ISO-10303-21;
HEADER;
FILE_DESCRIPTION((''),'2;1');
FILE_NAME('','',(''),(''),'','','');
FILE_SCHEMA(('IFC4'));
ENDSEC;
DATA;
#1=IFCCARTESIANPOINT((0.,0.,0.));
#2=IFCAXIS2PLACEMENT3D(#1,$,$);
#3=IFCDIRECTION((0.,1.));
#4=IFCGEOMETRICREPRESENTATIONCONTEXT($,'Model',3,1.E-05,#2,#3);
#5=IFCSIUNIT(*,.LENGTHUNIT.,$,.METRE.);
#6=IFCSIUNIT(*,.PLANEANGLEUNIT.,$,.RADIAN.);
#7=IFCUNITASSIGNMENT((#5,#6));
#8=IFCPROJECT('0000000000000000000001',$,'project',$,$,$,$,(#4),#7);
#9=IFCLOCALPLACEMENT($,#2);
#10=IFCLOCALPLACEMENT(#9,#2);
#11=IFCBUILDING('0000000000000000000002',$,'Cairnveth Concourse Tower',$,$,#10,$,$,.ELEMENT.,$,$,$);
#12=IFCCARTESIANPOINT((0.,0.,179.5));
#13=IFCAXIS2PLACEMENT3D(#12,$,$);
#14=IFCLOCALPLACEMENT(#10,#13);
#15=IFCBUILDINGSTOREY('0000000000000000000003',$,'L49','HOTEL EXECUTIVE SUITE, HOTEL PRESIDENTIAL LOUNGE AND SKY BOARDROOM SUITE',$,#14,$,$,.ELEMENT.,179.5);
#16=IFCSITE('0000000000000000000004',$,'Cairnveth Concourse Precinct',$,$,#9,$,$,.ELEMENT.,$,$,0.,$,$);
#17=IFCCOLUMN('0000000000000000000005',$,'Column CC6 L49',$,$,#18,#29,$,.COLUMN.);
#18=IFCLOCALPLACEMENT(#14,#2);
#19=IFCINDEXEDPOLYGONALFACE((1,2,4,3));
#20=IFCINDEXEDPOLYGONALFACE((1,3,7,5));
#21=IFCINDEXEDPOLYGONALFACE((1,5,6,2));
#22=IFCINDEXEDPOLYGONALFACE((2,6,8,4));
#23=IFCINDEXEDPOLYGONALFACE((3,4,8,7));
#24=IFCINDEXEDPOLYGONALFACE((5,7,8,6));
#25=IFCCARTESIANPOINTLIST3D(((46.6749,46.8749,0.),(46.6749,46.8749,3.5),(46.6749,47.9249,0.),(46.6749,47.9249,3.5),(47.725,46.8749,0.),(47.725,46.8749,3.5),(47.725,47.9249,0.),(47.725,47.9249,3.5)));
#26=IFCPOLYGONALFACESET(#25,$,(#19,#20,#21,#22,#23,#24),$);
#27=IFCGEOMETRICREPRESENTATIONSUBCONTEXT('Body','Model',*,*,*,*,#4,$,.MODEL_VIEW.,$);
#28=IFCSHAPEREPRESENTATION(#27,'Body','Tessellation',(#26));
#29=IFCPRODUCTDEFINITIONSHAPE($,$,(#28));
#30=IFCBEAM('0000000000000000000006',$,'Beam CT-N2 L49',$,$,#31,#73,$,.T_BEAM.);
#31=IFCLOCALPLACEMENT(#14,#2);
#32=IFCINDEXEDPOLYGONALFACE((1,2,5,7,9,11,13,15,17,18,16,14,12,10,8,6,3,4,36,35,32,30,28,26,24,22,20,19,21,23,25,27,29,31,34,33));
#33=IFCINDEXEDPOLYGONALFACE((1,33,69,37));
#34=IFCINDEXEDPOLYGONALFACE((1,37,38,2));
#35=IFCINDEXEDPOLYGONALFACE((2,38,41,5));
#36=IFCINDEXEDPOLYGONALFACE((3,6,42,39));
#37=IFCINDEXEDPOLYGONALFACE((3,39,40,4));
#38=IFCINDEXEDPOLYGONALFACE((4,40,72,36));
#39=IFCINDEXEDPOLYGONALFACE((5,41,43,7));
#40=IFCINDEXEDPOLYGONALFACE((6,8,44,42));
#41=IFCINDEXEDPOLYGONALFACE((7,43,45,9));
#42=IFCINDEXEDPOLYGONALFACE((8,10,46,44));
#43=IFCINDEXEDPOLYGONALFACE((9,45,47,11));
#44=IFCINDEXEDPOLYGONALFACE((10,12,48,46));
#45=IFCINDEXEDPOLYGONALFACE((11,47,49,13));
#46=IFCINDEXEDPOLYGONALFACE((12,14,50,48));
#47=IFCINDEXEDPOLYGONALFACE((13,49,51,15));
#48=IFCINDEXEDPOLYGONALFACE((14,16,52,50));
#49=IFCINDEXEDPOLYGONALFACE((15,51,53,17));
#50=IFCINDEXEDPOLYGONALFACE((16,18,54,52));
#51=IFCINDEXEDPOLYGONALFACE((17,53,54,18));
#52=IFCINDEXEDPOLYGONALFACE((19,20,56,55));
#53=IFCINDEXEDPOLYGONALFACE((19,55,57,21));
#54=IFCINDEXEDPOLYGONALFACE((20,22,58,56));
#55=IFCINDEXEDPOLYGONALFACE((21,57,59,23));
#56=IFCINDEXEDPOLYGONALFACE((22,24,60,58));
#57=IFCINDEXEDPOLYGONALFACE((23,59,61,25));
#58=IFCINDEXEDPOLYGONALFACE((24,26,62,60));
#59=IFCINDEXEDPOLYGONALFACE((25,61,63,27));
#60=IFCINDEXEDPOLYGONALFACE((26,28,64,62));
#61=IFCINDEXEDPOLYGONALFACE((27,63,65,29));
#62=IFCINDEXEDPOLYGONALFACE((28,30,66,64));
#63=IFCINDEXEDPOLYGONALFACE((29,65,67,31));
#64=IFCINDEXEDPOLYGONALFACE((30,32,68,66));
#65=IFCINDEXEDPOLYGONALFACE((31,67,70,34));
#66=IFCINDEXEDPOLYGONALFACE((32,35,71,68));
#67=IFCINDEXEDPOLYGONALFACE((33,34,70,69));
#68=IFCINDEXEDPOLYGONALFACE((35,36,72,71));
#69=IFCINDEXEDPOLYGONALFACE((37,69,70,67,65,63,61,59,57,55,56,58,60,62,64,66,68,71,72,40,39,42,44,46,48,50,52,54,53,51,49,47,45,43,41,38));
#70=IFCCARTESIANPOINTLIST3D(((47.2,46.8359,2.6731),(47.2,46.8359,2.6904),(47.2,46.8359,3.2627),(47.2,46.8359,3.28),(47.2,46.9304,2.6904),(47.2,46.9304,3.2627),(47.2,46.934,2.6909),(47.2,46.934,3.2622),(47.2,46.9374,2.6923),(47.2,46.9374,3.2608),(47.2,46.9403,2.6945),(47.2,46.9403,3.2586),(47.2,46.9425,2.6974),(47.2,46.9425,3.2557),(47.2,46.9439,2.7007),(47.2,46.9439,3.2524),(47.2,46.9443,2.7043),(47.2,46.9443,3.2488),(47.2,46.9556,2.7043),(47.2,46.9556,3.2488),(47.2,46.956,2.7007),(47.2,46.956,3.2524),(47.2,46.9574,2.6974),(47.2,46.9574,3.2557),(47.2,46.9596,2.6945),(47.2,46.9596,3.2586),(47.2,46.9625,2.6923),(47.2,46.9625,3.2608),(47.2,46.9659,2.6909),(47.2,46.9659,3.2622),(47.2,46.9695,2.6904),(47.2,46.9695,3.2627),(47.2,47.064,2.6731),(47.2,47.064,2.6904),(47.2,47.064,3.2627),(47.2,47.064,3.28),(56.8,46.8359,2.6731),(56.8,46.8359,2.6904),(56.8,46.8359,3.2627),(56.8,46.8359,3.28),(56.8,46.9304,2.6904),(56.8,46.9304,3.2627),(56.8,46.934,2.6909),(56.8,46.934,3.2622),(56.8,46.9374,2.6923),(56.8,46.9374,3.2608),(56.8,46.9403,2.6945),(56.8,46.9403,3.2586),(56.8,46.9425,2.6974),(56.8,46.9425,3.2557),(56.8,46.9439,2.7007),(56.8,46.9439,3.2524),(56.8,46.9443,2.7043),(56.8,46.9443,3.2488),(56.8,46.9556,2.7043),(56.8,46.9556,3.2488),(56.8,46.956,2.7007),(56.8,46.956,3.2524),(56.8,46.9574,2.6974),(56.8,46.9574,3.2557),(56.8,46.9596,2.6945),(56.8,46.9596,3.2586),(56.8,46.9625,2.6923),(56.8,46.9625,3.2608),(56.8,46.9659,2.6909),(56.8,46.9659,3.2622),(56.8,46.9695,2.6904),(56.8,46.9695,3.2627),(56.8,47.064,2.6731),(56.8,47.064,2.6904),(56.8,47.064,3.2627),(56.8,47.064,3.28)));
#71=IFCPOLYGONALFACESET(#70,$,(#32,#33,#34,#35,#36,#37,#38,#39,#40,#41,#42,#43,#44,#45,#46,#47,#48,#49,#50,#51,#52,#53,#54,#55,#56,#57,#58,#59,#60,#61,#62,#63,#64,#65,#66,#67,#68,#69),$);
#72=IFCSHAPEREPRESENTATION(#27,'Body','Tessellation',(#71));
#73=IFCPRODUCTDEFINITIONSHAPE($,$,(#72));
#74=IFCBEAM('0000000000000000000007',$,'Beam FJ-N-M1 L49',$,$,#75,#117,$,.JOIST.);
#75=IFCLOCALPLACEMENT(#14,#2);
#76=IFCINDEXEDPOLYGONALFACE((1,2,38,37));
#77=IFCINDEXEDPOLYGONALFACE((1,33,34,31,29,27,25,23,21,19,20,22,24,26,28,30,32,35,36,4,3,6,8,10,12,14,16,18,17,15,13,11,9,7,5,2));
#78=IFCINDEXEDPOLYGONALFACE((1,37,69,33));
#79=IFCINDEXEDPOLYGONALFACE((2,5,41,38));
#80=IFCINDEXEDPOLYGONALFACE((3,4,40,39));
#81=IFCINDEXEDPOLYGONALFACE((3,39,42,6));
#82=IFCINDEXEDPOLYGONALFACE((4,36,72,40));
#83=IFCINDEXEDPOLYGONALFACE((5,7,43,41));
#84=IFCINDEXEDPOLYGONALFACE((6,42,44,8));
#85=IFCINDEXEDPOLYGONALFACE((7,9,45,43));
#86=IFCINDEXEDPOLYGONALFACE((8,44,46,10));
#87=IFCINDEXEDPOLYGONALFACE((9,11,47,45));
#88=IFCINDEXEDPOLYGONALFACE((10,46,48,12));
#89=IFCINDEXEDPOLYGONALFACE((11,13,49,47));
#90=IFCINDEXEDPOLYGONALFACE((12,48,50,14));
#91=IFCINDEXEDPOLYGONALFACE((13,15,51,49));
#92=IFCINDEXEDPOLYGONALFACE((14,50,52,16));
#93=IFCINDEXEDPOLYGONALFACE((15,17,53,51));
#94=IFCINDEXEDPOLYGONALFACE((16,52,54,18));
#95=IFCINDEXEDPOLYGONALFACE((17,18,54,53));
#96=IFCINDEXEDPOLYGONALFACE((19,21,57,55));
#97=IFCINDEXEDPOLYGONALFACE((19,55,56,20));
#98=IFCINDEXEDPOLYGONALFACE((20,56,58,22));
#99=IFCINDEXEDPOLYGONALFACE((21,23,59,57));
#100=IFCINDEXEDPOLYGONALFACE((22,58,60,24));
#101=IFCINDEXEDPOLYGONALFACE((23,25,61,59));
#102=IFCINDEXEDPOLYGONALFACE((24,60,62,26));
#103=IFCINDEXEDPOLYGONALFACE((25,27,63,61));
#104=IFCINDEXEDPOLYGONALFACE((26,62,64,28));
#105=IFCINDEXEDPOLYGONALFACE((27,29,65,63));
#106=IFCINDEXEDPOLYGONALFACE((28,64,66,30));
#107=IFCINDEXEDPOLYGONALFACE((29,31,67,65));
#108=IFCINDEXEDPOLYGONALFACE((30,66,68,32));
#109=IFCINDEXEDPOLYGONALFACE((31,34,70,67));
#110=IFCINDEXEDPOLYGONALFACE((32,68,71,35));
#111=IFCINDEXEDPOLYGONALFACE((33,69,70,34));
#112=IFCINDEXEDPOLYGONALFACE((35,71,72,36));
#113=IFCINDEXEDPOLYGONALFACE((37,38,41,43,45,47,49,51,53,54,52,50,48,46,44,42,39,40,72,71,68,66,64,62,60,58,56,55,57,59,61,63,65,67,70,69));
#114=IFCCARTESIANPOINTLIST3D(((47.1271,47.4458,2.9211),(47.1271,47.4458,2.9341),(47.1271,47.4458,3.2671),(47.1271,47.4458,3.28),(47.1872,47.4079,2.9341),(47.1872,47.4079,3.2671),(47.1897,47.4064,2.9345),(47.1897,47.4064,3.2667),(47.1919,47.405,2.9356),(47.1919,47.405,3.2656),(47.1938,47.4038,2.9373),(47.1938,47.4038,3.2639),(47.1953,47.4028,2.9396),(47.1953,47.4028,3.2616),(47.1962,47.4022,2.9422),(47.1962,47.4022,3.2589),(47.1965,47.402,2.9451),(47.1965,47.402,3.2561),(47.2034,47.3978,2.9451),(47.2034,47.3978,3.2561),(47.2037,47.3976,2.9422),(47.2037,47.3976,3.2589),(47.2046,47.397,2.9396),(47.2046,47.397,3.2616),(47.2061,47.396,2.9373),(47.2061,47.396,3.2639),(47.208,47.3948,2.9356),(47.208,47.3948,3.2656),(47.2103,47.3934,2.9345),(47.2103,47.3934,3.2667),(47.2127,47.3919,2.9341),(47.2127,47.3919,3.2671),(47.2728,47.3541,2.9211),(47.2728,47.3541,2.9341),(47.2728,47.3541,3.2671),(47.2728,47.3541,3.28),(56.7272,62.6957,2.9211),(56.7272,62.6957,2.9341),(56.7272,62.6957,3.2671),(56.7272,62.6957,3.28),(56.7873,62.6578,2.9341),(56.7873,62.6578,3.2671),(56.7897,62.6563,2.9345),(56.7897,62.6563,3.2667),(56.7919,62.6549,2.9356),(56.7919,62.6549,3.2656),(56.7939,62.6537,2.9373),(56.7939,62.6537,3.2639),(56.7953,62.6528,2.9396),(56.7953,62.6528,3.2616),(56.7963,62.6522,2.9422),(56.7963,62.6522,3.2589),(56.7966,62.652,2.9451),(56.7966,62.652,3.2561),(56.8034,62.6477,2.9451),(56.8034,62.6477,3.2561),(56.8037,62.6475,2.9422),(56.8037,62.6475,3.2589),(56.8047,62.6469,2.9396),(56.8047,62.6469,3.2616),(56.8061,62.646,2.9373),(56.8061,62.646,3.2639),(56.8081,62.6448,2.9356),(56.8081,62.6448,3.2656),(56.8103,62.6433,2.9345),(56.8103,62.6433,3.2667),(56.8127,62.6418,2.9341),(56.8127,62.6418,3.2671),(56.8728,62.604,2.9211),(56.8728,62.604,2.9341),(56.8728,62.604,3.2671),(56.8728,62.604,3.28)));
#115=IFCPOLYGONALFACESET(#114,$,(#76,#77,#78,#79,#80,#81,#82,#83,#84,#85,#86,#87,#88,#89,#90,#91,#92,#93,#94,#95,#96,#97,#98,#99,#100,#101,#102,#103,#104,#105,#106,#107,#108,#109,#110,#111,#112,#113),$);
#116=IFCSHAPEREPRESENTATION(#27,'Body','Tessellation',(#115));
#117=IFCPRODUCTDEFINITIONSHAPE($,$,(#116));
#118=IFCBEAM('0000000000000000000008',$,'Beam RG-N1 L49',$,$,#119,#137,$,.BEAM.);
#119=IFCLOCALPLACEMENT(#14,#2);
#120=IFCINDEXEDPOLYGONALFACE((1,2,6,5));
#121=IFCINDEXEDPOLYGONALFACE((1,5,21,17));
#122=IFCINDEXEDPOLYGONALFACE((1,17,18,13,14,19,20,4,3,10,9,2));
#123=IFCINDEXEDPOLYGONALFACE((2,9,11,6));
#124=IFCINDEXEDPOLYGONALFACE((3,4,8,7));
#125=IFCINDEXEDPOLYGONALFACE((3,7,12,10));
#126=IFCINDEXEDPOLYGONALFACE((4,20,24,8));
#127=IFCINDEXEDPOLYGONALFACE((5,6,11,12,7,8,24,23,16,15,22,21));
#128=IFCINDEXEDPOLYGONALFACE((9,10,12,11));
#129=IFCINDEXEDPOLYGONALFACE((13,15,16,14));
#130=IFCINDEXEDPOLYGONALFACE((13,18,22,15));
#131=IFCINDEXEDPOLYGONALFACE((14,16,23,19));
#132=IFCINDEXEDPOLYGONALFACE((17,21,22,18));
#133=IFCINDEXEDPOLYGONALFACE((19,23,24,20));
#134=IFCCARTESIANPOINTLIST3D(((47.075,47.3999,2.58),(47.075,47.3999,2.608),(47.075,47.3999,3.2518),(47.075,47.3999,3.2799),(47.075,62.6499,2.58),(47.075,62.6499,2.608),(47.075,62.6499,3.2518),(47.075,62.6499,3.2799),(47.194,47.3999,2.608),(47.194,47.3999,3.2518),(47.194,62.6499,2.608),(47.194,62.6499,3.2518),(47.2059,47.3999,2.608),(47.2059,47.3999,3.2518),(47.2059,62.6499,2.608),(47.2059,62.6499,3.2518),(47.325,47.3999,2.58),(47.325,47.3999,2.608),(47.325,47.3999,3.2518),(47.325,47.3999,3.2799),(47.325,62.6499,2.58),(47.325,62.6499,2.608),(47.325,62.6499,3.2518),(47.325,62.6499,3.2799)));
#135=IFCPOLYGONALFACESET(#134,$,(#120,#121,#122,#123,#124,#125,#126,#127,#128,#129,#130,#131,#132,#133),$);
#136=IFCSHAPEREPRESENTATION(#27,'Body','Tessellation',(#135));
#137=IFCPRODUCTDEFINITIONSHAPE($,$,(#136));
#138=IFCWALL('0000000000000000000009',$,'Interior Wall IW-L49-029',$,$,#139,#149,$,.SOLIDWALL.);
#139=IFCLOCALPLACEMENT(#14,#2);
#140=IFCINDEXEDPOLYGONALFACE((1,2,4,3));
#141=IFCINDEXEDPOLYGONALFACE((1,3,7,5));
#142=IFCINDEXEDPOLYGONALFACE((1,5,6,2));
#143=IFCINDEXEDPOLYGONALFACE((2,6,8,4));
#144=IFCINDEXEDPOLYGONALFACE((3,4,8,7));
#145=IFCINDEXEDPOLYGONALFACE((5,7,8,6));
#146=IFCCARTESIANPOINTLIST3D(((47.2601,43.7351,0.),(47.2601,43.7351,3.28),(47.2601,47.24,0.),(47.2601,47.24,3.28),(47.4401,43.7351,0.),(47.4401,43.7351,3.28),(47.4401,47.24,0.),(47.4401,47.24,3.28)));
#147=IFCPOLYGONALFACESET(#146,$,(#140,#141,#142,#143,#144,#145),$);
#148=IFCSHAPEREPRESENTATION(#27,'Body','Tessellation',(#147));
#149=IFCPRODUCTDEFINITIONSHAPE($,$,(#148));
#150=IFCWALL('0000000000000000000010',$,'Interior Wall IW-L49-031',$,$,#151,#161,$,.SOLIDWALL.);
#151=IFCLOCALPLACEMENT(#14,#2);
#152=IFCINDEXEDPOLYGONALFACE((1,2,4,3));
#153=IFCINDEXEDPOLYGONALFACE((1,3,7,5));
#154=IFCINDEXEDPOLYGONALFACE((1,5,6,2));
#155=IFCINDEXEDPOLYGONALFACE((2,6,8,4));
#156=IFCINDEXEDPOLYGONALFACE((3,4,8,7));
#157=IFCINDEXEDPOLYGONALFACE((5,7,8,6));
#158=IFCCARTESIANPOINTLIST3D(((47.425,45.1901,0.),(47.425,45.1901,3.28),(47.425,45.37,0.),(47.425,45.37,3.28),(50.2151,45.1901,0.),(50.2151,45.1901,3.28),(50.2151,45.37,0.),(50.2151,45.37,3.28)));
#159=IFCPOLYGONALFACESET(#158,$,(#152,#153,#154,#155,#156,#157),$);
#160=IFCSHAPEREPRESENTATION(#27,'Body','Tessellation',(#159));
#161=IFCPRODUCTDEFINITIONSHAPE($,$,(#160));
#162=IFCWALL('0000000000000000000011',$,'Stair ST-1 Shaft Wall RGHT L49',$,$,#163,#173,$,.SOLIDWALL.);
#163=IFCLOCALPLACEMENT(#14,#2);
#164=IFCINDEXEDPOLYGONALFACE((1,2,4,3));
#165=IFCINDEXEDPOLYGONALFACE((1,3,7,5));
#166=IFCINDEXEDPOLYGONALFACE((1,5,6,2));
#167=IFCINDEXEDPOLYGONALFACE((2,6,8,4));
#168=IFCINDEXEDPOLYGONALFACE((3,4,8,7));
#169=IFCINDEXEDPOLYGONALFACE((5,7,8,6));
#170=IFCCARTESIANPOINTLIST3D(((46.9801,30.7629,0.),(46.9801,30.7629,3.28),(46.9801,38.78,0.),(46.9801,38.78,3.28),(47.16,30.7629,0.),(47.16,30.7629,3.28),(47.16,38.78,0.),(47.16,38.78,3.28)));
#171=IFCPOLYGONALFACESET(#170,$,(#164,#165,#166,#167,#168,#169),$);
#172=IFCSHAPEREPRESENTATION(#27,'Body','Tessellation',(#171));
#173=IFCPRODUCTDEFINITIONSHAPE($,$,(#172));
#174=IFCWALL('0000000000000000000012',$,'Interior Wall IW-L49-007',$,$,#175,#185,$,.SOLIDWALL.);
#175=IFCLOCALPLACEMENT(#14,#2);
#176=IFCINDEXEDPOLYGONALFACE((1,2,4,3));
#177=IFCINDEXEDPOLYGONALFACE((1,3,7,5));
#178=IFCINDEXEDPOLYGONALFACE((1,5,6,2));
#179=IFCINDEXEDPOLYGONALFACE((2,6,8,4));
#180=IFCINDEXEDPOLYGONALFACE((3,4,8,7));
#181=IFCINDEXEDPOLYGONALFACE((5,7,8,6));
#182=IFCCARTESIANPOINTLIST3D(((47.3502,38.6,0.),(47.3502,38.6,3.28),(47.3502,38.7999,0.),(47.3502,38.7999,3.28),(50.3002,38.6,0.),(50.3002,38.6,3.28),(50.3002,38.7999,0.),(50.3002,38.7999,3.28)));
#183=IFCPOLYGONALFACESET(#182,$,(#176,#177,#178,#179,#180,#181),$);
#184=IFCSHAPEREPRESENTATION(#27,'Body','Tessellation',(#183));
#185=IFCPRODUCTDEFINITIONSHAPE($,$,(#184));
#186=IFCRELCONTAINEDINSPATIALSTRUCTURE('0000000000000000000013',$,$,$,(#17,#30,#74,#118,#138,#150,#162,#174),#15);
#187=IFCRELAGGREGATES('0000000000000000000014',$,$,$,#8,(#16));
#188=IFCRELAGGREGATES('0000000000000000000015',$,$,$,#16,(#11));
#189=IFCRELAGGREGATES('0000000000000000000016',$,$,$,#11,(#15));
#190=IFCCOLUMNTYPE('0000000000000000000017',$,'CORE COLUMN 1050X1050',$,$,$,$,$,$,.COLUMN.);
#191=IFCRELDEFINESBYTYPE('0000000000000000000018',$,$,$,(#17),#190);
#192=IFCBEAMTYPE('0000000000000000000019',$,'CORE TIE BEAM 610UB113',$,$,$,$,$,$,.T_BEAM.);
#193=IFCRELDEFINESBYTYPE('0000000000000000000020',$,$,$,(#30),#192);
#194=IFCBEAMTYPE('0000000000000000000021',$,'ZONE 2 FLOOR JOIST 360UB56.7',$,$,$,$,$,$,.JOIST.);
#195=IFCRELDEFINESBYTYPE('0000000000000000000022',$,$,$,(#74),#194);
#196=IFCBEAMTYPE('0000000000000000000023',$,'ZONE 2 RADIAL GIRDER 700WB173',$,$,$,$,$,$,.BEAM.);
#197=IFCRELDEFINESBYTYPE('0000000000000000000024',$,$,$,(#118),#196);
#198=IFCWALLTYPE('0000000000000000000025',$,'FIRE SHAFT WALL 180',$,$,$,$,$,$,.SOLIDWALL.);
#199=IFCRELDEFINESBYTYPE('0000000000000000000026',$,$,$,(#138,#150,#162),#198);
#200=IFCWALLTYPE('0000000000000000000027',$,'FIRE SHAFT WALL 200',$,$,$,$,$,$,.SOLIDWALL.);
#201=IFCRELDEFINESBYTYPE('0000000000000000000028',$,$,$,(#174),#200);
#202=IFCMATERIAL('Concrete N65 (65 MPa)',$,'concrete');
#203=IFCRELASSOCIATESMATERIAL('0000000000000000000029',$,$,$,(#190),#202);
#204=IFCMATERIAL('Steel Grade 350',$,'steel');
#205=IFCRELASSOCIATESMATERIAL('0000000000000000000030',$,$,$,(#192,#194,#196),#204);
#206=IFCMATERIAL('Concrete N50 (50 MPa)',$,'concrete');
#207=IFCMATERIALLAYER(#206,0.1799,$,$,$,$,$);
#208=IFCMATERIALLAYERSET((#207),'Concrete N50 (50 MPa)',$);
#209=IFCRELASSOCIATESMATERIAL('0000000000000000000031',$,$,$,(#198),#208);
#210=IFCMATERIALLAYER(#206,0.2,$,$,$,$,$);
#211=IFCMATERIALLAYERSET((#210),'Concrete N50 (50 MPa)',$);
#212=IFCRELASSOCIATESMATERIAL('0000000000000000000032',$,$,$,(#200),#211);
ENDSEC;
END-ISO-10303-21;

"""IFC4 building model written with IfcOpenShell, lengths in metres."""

from ifc_helpers import new_model, si_unit, direction, frame, frame_2d, origin, origin_2d, place, context, subcontext, project, spatial, rectangle, i_section, extrude, material, layer, layer_set, material_profile, profile_set, type_object, element, save


model = new_model("IFC4")

# Units and contexts
model_context = context("Model", 3, precision=1e-05, world=origin(), true_north=direction((0.0, 1.0)))
body_context = subcontext(model_context, "Body", "Model", "MODEL_VIEW")
ifc_project = project(units=[si_unit("LENGTHUNIT", "METRE"), si_unit("PLANEANGLEUNIT", "RADIAN")], contexts=[model_context])

# Site, building, storey
site_placement = place(None, origin())
site = spatial("IfcSite", under=ifc_project, at=site_placement, Name="Cairnveth Concourse Precinct", CompositionType="ELEMENT", RefElevation=0.0)
building_placement = place(site_placement, origin())
building = spatial("IfcBuilding", under=site, at=building_placement, Name="Cairnveth Concourse Tower", CompositionType="ELEMENT")
storey_placement = place(building_placement, frame((0.0, 0.0, 179.5)))
storey = spatial("IfcBuildingStorey", under=building, at=storey_placement, Name="L49", Description="HOTEL EXECUTIVE SUITE, HOTEL PRESIDENTIAL LOUNGE AND SKY BOARDROOM SUITE", CompositionType="ELEMENT", Elevation=179.5)

# Column
ifc_material_1 = material(Name="Concrete N65 (65 MPa)", Category="concrete")
ifc_material_profile_1 = material_profile(ifc_material_1, rectangle(XDim=1.05, YDim=1.05, at=origin_2d()), Name="RC-COL-1050x1050")
ifc_profile_set_1 = profile_set([ifc_material_profile_1], Name="Concrete N65 (65 MPa)")
column_type = type_object("IfcColumnType", Name="CORE COLUMN 1050X1050", PredefinedType="COLUMN", material=ifc_profile_set_1)
column_placement = place(storey_placement, frame((47.2, 47.3999, 0.0), z_axis=(0.0, 0.0, 1.0), x_axis=(1.0, 0.0, 0.0)))
element("IfcColumn", 1, at=column_placement, inside=storey, type_object=column_type, Name="Column CC6 L49", PredefinedType="COLUMN", context=body_context, shape_type="SweptSolid", body=[
    extrude(rectangle(XDim=1.05, YDim=1.05, at=origin_2d()), origin(), (0.0, 0.0, 1.0), 3.5),
])

# Beams
ifc_material_2 = material(Name="Steel Grade 350", Category="steel")
ifc_material_profile_2 = material_profile(ifc_material_2, i_section(OverallWidth=0.228, OverallDepth=0.6069, WebThickness=0.0112, FlangeThickness=0.0173, FilletRadius=0.0139, at=origin_2d()), Name="610UB113")
ifc_profile_set_2 = profile_set([ifc_material_profile_2], Name="Steel Grade 350")
beam_type_1 = type_object("IfcBeamType", Name="CORE TIE BEAM 610UB113", PredefinedType="T_BEAM", material=ifc_profile_set_2)
beam_1_placement = place(storey_placement, frame((47.2, 46.95, 2.9766), z_axis=(1.0, 0.0, 0.0), x_axis=(0.0, 1.0, 0.0)))
element("IfcBeam", 2, at=beam_1_placement, inside=storey, type_object=beam_type_1, Name="Beam CT-N2 L49", PredefinedType="T_BEAM", context=body_context, shape_type="SweptSolid", body=[
    extrude(i_section(OverallWidth=0.228, OverallDepth=0.6069, WebThickness=0.0112, FlangeThickness=0.0173, FilletRadius=0.0139, at=origin_2d()), origin(), (0.0, 0.0, 1.0), 9.6001),
])
ifc_material_profile_3 = material_profile(ifc_material_2, i_section(OverallWidth=0.1721, OverallDepth=0.3589, WebThickness=0.0081, FlangeThickness=0.0129, FilletRadius=0.011, at=origin_2d()), Name="360UB56.7")
ifc_profile_set_3 = profile_set([ifc_material_profile_3], Name="Steel Grade 350")
beam_type_2 = type_object("IfcBeamType", Name="ZONE 2 FLOOR JOIST 360UB56.7", PredefinedType="JOIST", material=ifc_profile_set_3)
beam_2_placement = place(storey_placement, frame((47.2, 47.3999, 3.1006), z_axis=(0.532744, 0.846277, 0.0), x_axis=(-0.846277, 0.532744, 0.0)))
element("IfcBeam", 3, at=beam_2_placement, inside=storey, type_object=beam_type_2, Name="Beam FJ-N-M1 L49", PredefinedType="JOIST", context=body_context, shape_type="SweptSolid", body=[
    extrude(i_section(OverallWidth=0.1721, OverallDepth=0.3589, WebThickness=0.0081, FlangeThickness=0.0129, FilletRadius=0.011, at=origin_2d()), origin(), (0.0, 0.0, 1.0), 18.02),
])
ifc_material_profile_4 = material_profile(ifc_material_2, i_section(OverallWidth=0.25, OverallDepth=0.7, WebThickness=0.012, FlangeThickness=0.0281, at=origin_2d()), Name="700WB173")
ifc_profile_set_4 = profile_set([ifc_material_profile_4], Name="Steel Grade 350")
beam_type_3 = type_object("IfcBeamType", Name="ZONE 2 RADIAL GIRDER 700WB173", PredefinedType="BEAM", material=ifc_profile_set_4)
beam_3_placement = place(storey_placement, frame((47.2, 47.3999, 2.9299), z_axis=(0.0, 1.0, 0.0), x_axis=(-1.0, 0.0, 0.0)))
element("IfcBeam", 4, at=beam_3_placement, inside=storey, type_object=beam_type_3, Name="Beam RG-N1 L49", PredefinedType="BEAM", context=body_context, shape_type="SweptSolid", body=[
    extrude(i_section(OverallWidth=0.25, OverallDepth=0.7, WebThickness=0.012, FlangeThickness=0.0281, at=origin_2d()), origin(), (0.0, 0.0, 1.0), 15.25),
])

# Walls
ifc_material_3 = material(Name="Concrete N50 (50 MPa)", Category="concrete")
ifc_layer_1 = layer(ifc_material_3, 0.1799)
ifc_layer_set_1 = layer_set([ifc_layer_1], Name="Concrete N50 (50 MPa)")
wall_type_1 = type_object("IfcWallType", Name="FIRE SHAFT WALL 180", PredefinedType="SOLIDWALL", material=ifc_layer_set_1)
wall_1_placement = place(storey_placement, frame((47.3501, 43.7351, 0.0), z_axis=(0.0, 0.0, 1.0), x_axis=(0.0, 1.0, 0.0)))
element("IfcWall", 5, at=wall_1_placement, inside=storey, type_object=wall_type_1, Name="Interior Wall IW-L49-029", PredefinedType="SOLIDWALL", context=body_context, shape_type="SweptSolid", body=[
    extrude(rectangle(XDim=3.5049, YDim=0.1799, at=frame_2d((1.7524, 0.0))), origin(), (0.0, 0.0, 1.0), 3.28),
])
wall_2_placement = place(storey_placement, frame((47.425, 45.28, 0.0), z_axis=(0.0, 0.0, 1.0), x_axis=(1.0, 0.0, 0.0)))
element("IfcWall", 6, at=wall_2_placement, inside=storey, type_object=wall_type_1, Name="Interior Wall IW-L49-031", PredefinedType="SOLIDWALL", context=body_context, shape_type="SweptSolid", body=[
    extrude(rectangle(XDim=2.79, YDim=0.1799, at=frame_2d((1.395, 0.0))), origin(), (0.0, 0.0, 1.0), 3.28),
])
wall_3_placement = place(storey_placement, frame((47.0701, 38.78, 0.0), z_axis=(0.0, 0.0, 1.0), x_axis=(0.0, -1.0, 0.0)))
element("IfcWall", 7, at=wall_3_placement, inside=storey, type_object=wall_type_1, Name="Stair ST-1 Shaft Wall RGHT L49", PredefinedType="SOLIDWALL", context=body_context, shape_type="SweptSolid", body=[
    extrude(rectangle(XDim=8.0171, YDim=0.1799, at=frame_2d((4.0085, 0.0))), origin(), (0.0, 0.0, 1.0), 3.28),
])
ifc_layer_2 = layer(ifc_material_3, 0.2)
ifc_layer_set_2 = layer_set([ifc_layer_2], Name="Concrete N50 (50 MPa)")
wall_type_2 = type_object("IfcWallType", Name="FIRE SHAFT WALL 200", PredefinedType="SOLIDWALL", material=ifc_layer_set_2)
for number, where, z_axis, x_axis, name in (
    (8, (47.3501, 38.7, 0.0), (0.0, 0.0, 1.0), (1.0, 0.0, 0.0), "Interior Wall IW-L49-007"),
):
    element("IfcWall", number, at=place(storey_placement, frame(where, z_axis=z_axis, x_axis=x_axis)), inside=storey, type_object=wall_type_2, Name=name, PredefinedType="SOLIDWALL", context=body_context, shape_type="SweptSolid", body=[
        extrude(rectangle(XDim=2.95, YDim=0.2, at=frame_2d((1.4751, 0.0))), origin(), (0.0, 0.0, 1.0), 3.28),
    ])

save(model, "model.ifc")
